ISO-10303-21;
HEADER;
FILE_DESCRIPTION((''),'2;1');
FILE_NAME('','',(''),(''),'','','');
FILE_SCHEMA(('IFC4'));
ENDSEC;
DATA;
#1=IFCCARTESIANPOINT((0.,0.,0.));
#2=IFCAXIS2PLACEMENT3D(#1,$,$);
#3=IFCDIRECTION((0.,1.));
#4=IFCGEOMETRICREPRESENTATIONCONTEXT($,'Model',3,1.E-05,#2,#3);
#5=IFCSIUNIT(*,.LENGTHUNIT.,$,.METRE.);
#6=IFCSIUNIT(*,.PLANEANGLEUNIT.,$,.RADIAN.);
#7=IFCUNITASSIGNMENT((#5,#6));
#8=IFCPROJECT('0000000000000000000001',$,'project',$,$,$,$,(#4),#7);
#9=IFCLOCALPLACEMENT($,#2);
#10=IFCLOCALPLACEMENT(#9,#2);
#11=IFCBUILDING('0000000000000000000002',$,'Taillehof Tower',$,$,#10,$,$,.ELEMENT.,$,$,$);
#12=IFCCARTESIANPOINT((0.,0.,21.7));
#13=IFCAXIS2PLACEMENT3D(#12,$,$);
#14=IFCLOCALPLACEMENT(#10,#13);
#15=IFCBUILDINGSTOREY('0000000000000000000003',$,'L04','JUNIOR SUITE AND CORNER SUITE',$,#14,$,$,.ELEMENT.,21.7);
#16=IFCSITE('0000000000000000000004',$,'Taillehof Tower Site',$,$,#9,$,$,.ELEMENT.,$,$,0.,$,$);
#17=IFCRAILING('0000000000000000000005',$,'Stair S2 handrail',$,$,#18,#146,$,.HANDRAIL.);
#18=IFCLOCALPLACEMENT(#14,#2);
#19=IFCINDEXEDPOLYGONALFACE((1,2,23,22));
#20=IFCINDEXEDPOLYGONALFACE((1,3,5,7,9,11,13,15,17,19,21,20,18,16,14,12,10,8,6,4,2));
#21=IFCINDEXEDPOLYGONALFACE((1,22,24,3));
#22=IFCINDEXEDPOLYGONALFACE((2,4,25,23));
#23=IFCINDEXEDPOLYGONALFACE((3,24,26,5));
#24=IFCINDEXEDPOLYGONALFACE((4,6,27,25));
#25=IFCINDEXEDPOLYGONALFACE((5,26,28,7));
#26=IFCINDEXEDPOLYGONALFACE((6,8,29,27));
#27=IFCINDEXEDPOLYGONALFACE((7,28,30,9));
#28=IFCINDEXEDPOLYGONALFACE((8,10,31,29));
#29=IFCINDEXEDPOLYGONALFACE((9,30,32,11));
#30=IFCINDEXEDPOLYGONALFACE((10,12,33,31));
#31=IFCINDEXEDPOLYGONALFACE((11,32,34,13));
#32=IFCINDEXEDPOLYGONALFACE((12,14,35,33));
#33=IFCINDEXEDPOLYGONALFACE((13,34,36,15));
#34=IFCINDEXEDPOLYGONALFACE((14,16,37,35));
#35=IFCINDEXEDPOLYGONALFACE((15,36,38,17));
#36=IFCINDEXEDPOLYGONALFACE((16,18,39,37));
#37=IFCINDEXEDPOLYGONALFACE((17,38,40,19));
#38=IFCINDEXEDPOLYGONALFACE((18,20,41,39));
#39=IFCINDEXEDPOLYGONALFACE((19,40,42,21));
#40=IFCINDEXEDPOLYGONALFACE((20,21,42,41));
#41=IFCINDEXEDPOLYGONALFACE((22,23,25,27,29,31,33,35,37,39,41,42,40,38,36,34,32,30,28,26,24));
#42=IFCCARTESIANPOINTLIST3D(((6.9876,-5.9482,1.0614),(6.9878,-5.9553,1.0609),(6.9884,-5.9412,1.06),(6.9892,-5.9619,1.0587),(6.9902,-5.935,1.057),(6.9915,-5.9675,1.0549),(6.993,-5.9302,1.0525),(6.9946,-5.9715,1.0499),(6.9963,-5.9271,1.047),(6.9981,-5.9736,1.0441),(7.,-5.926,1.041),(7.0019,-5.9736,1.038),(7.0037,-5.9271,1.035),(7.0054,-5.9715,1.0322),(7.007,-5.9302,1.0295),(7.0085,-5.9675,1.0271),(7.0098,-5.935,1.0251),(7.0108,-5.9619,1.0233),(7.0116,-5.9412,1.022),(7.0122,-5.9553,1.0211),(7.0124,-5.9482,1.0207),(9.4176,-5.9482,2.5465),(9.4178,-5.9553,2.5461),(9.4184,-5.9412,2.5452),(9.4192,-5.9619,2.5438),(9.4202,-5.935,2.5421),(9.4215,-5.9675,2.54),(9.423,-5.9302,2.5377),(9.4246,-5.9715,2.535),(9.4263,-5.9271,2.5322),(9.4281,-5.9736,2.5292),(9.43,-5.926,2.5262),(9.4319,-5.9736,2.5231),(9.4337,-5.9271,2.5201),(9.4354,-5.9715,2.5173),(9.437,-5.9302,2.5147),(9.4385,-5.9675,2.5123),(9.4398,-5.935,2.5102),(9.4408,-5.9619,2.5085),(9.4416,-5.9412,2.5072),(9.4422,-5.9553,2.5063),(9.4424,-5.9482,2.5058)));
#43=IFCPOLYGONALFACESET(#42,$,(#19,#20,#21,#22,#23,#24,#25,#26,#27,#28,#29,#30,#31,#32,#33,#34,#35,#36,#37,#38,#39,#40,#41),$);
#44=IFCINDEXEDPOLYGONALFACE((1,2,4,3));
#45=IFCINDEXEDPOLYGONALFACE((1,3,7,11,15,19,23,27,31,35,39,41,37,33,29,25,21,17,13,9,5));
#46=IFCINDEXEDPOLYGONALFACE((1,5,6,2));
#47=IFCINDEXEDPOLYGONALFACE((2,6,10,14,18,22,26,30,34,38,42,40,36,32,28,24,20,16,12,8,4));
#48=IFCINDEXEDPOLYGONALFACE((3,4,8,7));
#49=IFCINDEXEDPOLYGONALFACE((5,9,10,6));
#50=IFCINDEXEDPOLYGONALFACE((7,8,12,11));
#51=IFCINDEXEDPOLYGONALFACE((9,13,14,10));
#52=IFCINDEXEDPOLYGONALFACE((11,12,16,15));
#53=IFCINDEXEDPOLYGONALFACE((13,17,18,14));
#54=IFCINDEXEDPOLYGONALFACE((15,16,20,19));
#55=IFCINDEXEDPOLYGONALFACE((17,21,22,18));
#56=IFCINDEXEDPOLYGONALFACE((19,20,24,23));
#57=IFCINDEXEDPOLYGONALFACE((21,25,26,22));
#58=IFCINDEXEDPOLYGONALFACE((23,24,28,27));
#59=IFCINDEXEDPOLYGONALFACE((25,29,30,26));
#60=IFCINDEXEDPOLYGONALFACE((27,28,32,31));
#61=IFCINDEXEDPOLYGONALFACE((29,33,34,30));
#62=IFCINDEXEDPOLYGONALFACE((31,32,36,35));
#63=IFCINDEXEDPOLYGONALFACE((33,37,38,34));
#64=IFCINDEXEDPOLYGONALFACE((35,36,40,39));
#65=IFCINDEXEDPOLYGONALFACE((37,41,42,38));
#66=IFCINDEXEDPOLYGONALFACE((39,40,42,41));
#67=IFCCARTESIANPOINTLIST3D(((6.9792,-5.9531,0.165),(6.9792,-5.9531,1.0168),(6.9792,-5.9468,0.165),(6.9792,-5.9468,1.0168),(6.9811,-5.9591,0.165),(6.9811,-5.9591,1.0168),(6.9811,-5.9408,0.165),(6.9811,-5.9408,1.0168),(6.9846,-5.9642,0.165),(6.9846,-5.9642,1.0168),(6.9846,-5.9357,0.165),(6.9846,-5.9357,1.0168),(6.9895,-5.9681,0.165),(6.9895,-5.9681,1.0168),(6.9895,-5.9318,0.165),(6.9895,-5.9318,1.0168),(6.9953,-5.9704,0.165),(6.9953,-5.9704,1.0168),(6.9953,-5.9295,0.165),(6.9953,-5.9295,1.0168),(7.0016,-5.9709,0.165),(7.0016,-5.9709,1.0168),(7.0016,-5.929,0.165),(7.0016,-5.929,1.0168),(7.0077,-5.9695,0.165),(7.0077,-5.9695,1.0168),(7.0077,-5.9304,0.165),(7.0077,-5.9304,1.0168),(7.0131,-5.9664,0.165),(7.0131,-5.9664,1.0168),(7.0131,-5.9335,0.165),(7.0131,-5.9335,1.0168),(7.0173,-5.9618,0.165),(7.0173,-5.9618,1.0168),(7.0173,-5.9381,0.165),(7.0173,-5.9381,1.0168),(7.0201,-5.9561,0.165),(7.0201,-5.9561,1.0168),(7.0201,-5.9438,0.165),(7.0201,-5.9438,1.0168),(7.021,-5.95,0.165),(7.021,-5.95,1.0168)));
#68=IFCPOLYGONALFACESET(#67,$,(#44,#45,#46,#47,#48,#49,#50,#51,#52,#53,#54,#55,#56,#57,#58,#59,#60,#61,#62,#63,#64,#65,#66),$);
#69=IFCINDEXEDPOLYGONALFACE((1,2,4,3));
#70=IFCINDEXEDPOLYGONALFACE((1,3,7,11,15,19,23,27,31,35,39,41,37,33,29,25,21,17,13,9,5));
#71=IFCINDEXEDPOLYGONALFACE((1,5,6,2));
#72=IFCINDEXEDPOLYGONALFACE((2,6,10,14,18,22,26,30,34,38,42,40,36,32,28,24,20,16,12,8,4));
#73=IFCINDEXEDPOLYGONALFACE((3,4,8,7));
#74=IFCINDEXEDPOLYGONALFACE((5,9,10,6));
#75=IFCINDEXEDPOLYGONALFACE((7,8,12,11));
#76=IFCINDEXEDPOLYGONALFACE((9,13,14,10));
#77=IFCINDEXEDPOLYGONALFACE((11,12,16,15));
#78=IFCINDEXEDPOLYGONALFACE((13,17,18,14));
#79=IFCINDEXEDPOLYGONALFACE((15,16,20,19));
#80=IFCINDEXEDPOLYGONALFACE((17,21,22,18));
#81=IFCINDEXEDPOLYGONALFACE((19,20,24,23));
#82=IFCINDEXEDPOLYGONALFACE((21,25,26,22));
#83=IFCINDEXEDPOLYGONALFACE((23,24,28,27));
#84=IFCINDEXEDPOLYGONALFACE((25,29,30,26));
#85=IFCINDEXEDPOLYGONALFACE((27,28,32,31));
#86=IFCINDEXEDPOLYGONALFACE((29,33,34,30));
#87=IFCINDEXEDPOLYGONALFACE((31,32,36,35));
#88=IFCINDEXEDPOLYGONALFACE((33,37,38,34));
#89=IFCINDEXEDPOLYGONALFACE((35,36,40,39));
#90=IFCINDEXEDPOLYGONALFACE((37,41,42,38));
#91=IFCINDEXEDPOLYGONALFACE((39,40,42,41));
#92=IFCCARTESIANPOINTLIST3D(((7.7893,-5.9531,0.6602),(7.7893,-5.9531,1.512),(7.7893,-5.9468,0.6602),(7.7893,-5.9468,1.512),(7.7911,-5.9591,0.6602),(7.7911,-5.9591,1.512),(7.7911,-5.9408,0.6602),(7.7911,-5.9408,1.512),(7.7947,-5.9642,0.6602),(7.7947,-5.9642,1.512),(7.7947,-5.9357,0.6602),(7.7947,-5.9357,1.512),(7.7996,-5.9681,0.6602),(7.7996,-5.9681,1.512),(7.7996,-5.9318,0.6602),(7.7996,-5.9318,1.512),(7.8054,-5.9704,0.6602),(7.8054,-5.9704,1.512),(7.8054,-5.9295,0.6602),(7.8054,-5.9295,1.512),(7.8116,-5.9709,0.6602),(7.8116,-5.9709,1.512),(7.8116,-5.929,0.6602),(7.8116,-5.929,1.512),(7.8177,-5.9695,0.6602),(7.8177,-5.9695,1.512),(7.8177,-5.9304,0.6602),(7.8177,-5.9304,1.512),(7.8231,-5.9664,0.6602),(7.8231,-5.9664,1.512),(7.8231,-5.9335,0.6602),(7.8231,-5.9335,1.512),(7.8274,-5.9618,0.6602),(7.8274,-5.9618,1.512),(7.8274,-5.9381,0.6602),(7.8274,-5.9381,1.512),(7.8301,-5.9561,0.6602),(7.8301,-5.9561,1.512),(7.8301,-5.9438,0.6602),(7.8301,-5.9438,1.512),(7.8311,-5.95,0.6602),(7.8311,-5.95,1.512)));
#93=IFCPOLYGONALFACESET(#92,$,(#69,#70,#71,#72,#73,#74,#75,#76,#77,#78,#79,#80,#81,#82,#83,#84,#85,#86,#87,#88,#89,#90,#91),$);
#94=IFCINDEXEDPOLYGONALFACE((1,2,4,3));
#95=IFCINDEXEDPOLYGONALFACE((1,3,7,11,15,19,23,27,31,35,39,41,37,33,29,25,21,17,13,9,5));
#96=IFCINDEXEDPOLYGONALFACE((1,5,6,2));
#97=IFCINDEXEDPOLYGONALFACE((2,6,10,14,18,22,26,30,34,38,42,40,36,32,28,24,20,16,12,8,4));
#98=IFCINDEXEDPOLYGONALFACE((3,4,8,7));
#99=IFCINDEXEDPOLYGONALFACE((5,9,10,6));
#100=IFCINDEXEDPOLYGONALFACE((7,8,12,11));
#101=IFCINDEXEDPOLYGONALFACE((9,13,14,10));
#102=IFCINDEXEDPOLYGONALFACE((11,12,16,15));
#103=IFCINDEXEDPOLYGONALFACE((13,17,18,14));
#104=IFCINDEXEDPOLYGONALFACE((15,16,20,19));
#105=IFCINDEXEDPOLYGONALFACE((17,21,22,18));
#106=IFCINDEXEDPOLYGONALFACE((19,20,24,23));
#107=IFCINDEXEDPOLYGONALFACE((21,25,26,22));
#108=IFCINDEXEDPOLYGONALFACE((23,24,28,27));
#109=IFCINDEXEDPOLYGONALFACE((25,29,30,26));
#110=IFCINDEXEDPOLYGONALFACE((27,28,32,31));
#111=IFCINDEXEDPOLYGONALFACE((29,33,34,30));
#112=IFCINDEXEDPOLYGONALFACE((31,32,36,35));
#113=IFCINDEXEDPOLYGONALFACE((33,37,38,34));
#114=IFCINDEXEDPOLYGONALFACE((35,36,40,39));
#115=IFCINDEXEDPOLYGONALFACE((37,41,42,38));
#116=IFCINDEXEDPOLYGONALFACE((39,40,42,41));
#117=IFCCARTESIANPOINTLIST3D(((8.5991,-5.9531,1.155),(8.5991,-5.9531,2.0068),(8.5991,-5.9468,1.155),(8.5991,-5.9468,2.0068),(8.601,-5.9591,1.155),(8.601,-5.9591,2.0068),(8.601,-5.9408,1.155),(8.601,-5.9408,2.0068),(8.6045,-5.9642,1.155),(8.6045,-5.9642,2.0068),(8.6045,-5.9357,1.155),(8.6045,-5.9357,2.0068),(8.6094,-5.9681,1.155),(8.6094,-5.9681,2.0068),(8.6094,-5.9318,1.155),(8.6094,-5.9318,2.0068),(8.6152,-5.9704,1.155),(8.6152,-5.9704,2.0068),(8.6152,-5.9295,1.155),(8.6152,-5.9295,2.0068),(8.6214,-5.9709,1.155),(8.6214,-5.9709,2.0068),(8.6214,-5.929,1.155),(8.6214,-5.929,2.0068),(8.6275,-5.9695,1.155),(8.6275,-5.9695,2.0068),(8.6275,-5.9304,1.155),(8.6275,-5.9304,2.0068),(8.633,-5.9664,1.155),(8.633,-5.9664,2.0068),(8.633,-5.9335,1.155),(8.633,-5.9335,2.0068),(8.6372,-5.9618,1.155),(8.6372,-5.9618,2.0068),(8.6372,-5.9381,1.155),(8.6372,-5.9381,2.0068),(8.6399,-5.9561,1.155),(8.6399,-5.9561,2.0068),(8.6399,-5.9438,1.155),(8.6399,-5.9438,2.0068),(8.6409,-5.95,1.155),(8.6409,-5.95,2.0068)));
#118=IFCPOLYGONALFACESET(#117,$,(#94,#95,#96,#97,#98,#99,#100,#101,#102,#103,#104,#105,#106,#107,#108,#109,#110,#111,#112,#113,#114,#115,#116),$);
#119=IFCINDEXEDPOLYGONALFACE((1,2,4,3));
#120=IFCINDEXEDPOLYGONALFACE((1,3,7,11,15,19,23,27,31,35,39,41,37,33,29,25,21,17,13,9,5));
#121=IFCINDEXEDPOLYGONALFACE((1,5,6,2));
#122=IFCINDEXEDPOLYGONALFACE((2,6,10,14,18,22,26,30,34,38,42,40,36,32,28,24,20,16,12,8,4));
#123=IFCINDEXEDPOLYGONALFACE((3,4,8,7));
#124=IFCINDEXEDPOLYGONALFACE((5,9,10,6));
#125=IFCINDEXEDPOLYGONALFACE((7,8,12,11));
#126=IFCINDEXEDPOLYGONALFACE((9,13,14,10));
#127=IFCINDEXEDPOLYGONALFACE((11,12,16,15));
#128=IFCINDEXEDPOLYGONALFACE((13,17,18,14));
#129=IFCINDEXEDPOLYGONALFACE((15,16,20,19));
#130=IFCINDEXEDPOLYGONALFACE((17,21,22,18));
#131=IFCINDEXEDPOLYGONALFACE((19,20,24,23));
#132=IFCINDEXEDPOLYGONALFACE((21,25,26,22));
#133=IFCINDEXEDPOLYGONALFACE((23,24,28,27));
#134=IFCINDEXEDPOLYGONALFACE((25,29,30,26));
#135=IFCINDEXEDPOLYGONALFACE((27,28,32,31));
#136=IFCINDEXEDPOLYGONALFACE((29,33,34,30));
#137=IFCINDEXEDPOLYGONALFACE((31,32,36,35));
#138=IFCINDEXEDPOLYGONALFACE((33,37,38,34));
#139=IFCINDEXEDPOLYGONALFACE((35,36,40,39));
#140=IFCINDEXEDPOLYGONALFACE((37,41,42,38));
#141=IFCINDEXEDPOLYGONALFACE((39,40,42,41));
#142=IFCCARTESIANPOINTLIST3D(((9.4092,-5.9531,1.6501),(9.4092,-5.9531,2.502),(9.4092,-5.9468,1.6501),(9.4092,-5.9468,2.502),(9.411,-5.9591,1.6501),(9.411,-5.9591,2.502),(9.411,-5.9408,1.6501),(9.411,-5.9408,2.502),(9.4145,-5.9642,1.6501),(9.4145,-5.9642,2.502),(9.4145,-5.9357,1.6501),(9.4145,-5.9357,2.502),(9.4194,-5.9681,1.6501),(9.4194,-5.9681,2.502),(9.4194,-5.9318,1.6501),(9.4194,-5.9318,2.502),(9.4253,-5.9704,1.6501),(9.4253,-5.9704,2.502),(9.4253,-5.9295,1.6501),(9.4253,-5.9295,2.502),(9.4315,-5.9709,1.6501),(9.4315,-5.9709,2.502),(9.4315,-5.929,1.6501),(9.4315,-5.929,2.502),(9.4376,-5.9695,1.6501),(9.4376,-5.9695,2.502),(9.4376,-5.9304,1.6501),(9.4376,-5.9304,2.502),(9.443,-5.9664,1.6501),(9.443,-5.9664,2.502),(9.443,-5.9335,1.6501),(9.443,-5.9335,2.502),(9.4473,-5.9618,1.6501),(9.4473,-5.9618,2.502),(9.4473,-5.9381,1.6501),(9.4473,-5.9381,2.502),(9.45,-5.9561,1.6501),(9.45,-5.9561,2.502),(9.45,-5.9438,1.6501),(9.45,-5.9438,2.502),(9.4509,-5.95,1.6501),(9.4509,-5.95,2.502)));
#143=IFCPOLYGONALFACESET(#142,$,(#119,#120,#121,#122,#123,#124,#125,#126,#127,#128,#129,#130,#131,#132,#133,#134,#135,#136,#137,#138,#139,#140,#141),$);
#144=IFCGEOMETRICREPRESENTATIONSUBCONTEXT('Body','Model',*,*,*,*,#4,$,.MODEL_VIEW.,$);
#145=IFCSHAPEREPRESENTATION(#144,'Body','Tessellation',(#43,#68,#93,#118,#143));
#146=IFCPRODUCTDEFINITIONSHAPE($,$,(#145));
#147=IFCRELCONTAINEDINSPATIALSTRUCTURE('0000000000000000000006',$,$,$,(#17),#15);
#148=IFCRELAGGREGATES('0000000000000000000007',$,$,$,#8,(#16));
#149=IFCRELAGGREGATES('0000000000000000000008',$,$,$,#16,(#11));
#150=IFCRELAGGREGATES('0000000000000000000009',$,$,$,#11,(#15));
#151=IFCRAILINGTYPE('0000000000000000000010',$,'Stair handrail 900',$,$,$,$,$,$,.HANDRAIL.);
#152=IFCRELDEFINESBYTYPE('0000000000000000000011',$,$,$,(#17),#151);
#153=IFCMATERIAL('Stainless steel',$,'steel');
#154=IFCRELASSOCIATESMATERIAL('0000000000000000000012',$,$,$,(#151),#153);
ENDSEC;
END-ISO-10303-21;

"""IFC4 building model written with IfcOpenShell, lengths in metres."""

from ifc_helpers import new_model, si_unit, direction, frame, origin, origin_2d, place, context, subcontext, project, spatial, circle, extrude, material, type_object, element, save


model = new_model("IFC4")

# Units and contexts
model_context = context("Model", 3, precision=1e-05, world=origin(), true_north=direction((0.0, 1.0)))
body_context = subcontext(model_context, "Body", "Model", "MODEL_VIEW")
ifc_project = project(units=[si_unit("LENGTHUNIT", "METRE"), si_unit("PLANEANGLEUNIT", "RADIAN")], contexts=[model_context])

# Site, building, storey
site_placement = place(None, origin())
site = spatial("IfcSite", under=ifc_project, at=site_placement, Name="Taillehof Tower Site", CompositionType="ELEMENT", RefElevation=0.0)
building_placement = place(site_placement, origin())
building = spatial("IfcBuilding", under=site, at=building_placement, Name="Taillehof Tower", CompositionType="ELEMENT")
storey_placement = place(building_placement, frame((0.0, 0.0, 21.7)))
storey = spatial("IfcBuildingStorey", under=building, at=storey_placement, Name="L04", Description="JUNIOR SUITE AND CORNER SUITE", CompositionType="ELEMENT", Elevation=21.7)

# Railing
ifc_material_1 = material(Name="Stainless steel", Category="steel")
railing_type = type_object("IfcRailingType", Name="Stair handrail 900", PredefinedType="HANDRAIL", material=ifc_material_1)
railing_1_placement = place(storey_placement, frame((7.0, -5.95, 0.165)))
element("IfcRailing", 1, at=railing_1_placement, inside=storey, type_object=railing_type, Name="Stair S2 handrail", PredefinedType="HANDRAIL", context=body_context, shape_type="SweptSolid", body=[
    extrude(circle(Radius=0.0239, at=origin_2d()), frame((0.0, 0.0, 0.876), z_axis=(0.853259, 0.0, 0.521488), x_axis=(0.0, 1.0, 0.0)), (0.0, 0.0, 1.0), 2.8479),
    extrude(circle(Radius=0.021, at=origin_2d()), origin(), (0.0, 0.0, 1.0), 0.8518),
    extrude(circle(Radius=0.021, at=origin_2d()), frame((0.8101, 0.0, 0.4951)), (0.0, 0.0, 1.0), 0.8518),
    extrude(circle(Radius=0.021, at=origin_2d()), frame((1.6199, 0.0, 0.99)), (0.0, 0.0, 1.0), 0.8518),
    extrude(circle(Radius=0.021, at=origin_2d()), frame((2.4299, 0.0, 1.4851)), (0.0, 0.0, 1.0), 0.8518),
])

save(model, "model.ifc")
